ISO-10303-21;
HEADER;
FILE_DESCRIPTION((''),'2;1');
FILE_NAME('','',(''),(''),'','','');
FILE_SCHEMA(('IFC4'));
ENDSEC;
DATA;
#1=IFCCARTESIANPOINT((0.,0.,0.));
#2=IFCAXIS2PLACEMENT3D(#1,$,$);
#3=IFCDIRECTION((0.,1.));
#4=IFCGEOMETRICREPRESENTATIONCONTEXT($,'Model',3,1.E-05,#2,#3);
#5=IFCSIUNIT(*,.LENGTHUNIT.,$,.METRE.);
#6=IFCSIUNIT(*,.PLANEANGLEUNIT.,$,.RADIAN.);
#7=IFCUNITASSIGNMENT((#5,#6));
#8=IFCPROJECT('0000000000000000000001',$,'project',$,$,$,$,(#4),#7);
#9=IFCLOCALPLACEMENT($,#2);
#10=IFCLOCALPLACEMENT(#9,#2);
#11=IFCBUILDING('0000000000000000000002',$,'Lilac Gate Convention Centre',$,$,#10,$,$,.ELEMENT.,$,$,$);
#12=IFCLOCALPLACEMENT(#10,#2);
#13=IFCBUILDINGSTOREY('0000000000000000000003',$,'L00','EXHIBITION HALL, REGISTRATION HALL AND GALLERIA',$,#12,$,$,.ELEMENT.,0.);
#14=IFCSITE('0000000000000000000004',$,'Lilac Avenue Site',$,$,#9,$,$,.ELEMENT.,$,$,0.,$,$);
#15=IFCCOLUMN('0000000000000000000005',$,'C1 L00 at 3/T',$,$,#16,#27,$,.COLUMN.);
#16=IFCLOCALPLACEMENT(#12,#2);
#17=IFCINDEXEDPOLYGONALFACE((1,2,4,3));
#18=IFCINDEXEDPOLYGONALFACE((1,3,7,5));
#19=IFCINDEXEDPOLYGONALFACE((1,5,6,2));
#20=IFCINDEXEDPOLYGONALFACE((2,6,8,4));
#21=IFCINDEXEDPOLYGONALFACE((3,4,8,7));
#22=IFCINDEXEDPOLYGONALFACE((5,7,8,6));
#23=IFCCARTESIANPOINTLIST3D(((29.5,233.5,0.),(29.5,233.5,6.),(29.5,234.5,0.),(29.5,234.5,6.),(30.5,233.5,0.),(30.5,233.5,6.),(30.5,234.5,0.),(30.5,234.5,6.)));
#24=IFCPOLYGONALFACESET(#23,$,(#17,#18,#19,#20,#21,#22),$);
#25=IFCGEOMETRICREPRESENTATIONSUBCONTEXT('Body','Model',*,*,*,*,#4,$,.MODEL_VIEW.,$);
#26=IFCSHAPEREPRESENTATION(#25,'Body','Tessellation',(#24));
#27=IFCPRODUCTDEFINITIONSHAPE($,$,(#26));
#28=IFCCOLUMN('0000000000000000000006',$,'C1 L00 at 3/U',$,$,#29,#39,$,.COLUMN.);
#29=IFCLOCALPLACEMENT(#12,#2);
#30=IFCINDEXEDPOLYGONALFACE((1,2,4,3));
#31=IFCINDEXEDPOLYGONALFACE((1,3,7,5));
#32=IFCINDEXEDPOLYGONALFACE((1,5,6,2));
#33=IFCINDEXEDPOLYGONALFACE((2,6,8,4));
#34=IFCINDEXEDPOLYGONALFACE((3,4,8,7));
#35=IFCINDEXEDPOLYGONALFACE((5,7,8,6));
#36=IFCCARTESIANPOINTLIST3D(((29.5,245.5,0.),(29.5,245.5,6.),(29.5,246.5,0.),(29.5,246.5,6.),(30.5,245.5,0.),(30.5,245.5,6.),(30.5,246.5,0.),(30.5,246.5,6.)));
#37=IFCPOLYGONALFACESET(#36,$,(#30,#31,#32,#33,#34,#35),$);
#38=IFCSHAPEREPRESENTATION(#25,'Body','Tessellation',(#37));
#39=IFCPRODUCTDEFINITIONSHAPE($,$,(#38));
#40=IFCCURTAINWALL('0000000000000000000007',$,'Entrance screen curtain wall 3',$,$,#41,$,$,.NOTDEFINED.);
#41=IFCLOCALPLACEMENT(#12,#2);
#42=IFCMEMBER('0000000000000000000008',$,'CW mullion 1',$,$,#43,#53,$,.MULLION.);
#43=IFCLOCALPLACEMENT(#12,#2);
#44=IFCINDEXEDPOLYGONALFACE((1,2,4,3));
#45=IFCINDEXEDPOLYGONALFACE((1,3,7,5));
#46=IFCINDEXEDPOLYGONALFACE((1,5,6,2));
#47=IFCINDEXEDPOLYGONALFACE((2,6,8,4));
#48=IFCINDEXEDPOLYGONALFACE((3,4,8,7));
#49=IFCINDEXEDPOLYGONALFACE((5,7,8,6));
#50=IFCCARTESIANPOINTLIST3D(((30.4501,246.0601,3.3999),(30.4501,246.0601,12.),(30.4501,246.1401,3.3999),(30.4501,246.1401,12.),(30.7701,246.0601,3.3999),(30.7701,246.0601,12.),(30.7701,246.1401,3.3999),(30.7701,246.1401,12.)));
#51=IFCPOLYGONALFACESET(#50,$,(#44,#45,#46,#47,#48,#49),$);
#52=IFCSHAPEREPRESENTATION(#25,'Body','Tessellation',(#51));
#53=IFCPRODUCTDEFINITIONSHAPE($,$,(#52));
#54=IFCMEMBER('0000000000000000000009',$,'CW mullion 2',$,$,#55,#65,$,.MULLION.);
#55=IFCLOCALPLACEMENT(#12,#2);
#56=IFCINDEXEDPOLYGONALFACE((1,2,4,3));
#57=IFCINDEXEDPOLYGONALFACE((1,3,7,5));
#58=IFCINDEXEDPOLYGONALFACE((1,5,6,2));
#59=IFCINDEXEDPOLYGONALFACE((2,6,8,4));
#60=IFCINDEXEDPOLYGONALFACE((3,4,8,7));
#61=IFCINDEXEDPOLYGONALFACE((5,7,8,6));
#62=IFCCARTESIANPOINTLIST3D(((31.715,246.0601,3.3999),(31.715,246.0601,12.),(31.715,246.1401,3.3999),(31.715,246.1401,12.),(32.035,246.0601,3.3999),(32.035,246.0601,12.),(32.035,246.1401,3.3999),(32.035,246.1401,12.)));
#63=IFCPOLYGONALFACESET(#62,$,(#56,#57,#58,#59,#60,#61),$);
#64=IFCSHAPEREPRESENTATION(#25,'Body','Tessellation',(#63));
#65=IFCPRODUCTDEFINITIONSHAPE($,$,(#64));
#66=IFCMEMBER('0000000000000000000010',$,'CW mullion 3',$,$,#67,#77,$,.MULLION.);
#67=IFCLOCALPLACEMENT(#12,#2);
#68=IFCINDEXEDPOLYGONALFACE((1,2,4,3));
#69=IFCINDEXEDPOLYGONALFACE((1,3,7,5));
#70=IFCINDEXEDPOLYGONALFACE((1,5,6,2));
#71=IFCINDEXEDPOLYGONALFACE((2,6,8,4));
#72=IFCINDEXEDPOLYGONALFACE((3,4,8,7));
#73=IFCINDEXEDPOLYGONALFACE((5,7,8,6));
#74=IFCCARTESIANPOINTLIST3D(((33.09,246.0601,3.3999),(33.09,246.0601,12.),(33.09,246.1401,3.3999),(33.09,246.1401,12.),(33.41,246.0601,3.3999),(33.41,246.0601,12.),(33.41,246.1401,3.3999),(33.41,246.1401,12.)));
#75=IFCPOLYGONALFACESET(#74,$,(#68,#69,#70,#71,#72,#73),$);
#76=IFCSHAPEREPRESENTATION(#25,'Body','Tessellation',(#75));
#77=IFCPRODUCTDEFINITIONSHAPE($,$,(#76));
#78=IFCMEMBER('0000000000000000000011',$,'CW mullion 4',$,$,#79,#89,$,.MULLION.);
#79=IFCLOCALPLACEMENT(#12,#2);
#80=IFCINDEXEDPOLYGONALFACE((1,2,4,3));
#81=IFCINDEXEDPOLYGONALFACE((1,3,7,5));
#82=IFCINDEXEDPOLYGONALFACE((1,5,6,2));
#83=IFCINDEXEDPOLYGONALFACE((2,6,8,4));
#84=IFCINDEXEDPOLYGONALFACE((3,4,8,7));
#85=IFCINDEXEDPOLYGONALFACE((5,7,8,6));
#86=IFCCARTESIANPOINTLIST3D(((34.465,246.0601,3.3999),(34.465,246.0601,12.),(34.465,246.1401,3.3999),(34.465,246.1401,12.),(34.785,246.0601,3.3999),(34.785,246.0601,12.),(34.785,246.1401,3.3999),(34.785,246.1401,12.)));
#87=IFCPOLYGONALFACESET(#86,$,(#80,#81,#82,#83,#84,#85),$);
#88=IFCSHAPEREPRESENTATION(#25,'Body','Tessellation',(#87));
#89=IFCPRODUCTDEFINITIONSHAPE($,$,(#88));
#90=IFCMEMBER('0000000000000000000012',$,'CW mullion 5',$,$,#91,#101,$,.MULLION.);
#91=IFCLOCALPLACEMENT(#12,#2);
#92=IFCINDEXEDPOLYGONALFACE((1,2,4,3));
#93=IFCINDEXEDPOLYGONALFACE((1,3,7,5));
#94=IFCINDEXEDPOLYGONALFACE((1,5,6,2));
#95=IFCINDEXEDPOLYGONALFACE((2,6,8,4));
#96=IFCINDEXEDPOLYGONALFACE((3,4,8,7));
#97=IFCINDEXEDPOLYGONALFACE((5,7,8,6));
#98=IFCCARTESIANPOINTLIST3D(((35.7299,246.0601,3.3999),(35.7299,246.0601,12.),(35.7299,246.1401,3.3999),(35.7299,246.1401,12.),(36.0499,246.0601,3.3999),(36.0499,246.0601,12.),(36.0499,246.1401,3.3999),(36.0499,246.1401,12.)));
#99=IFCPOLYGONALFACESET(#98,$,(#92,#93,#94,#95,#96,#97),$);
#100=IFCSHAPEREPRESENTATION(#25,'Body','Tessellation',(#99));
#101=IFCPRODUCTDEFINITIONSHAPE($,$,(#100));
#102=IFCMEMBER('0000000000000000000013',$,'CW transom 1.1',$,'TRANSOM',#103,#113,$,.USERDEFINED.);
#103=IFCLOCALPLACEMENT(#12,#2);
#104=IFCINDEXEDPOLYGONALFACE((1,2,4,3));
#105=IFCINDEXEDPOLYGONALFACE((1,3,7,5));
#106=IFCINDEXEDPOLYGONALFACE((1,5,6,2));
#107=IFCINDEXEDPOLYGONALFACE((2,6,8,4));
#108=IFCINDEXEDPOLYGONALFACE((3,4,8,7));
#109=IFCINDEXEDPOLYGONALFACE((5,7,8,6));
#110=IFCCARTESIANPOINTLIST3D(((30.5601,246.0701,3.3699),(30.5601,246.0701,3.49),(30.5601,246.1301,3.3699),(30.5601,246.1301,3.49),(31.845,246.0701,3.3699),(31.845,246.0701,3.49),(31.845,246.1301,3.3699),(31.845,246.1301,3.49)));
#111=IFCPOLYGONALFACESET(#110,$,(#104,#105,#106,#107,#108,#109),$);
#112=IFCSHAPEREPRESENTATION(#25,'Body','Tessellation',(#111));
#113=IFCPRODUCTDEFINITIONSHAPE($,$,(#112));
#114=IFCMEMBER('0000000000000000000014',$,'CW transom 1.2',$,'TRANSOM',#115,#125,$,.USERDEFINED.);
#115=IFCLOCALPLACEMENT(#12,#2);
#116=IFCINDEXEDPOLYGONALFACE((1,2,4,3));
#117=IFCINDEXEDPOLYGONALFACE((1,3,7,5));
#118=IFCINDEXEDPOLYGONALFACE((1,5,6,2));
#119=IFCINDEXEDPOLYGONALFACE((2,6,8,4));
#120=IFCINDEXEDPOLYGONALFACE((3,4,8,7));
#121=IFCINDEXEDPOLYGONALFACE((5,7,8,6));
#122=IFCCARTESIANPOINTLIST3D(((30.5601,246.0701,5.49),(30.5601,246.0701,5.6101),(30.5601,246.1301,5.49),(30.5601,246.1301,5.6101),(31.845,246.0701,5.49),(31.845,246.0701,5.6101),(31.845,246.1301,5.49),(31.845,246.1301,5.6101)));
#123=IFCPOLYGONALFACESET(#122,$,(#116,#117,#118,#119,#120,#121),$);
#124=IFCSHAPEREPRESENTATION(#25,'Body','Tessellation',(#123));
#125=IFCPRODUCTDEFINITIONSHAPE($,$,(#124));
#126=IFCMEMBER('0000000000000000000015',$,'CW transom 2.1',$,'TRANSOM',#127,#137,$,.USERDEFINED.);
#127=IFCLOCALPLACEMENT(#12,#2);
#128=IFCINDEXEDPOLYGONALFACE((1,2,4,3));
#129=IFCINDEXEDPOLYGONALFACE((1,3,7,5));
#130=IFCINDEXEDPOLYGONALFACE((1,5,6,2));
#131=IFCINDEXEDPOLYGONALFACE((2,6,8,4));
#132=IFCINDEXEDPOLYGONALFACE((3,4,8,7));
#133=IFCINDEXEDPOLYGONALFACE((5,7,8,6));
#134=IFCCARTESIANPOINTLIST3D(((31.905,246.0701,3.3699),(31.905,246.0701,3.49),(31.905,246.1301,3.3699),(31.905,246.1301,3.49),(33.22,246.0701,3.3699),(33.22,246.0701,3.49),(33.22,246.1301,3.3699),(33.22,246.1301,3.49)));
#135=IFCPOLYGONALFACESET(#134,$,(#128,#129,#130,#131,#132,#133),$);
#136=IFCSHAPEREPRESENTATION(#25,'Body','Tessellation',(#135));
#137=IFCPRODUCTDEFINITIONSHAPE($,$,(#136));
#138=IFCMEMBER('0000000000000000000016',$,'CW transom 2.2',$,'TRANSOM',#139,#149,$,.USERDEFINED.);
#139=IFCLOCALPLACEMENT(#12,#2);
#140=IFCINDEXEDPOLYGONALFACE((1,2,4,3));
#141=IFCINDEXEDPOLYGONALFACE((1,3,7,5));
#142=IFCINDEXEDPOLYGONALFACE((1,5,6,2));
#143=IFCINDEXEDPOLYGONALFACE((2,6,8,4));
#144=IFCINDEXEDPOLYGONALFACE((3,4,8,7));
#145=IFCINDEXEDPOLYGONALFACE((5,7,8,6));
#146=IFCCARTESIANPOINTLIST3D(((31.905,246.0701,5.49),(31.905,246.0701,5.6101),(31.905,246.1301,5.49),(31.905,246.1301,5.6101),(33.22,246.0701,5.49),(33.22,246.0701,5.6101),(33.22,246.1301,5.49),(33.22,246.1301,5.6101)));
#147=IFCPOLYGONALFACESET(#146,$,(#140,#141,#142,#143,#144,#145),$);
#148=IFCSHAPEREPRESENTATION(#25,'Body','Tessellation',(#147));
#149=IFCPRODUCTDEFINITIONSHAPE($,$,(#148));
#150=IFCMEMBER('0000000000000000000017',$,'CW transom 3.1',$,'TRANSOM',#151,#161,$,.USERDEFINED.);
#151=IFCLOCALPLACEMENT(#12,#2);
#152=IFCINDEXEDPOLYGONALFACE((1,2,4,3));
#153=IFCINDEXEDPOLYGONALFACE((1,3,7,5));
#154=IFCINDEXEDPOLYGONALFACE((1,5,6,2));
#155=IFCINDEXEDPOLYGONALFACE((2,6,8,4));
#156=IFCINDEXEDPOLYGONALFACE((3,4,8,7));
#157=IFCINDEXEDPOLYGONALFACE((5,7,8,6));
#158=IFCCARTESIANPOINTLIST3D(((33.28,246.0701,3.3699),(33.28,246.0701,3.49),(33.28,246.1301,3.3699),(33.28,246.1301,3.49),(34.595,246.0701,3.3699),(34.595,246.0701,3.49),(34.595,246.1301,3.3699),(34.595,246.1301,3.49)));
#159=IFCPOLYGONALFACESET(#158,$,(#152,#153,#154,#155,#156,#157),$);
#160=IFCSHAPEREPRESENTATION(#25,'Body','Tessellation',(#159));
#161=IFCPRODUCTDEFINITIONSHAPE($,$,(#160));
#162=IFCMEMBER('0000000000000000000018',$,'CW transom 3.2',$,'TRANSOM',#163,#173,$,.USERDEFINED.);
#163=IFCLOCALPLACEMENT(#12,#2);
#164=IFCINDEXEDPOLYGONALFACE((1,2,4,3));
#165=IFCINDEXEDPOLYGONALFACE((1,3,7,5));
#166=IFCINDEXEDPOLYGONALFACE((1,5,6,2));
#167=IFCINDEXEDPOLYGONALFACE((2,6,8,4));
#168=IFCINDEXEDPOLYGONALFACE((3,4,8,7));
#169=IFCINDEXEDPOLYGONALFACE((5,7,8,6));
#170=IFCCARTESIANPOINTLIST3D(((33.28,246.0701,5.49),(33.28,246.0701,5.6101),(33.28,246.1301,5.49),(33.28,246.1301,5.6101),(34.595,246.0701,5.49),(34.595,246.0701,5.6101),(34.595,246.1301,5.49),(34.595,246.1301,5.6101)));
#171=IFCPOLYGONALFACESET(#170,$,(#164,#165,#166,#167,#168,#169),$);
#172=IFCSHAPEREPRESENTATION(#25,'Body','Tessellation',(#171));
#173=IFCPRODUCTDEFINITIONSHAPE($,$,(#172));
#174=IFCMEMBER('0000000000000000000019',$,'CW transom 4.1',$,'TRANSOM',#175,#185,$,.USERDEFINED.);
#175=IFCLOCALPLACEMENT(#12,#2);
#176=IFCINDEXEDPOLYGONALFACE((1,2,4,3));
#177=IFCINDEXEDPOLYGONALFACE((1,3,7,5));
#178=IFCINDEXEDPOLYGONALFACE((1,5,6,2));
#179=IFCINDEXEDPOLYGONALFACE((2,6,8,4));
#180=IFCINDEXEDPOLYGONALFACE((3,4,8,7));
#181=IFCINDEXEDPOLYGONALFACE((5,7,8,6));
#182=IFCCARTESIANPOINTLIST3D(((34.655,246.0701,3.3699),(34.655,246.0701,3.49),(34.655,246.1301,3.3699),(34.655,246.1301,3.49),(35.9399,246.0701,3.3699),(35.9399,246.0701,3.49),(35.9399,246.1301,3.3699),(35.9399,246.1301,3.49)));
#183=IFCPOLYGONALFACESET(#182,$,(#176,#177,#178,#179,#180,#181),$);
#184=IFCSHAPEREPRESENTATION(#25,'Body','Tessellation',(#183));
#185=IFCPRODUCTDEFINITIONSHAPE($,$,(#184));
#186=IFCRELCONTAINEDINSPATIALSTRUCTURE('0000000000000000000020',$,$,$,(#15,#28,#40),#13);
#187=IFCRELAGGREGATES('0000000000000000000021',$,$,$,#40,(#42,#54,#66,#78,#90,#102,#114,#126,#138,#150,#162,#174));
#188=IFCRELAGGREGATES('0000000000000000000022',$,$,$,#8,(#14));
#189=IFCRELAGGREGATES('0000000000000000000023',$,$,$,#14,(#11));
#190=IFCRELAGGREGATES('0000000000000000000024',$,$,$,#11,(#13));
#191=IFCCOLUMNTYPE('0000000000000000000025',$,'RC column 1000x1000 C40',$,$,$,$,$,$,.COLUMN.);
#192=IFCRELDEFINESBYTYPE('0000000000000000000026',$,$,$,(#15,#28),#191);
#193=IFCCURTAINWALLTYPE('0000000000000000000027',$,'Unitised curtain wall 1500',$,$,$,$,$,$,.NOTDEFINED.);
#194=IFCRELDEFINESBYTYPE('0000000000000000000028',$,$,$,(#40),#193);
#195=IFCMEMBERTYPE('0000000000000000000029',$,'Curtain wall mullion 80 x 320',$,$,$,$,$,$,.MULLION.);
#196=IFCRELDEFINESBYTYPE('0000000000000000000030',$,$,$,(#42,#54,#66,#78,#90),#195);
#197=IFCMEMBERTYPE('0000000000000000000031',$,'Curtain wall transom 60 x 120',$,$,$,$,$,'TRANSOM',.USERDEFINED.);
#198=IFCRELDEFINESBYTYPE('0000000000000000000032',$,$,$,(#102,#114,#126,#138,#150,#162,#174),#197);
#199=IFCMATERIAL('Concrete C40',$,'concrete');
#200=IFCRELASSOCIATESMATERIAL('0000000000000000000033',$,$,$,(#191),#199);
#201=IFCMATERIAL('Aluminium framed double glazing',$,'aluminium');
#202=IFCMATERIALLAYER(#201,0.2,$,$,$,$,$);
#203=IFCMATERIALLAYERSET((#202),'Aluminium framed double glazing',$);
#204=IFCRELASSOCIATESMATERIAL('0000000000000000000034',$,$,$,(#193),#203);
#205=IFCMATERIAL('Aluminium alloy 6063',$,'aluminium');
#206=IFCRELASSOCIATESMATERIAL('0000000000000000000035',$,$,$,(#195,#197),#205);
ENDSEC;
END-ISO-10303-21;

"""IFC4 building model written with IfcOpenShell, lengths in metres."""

from ifc_helpers import new_model, si_unit, direction, frame, origin, origin_2d, place, context, subcontext, project, spatial, rectangle, extrude, material, layer, layer_set, material_profile, profile_set, type_object, element, aggregate, save


model = new_model("IFC4")

# Units and contexts
model_context = context("Model", 3, precision=1e-05, world=origin(), true_north=direction((0.0, 1.0)))
body_context = subcontext(model_context, "Body", "Model", "MODEL_VIEW")
ifc_project = project(units=[si_unit("LENGTHUNIT", "METRE"), si_unit("PLANEANGLEUNIT", "RADIAN")], contexts=[model_context])

# Site, building, storey
site_placement = place(None, origin())
site = spatial("IfcSite", under=ifc_project, at=site_placement, Name="Lilac Avenue Site", CompositionType="ELEMENT", RefElevation=0.0)
building_placement = place(site_placement, origin())
building = spatial("IfcBuilding", under=site, at=building_placement, Name="Lilac Gate Convention Centre", CompositionType="ELEMENT")
storey_placement = place(building_placement, origin())
storey = spatial("IfcBuildingStorey", under=building, at=storey_placement, Name="L00", Description="EXHIBITION HALL, REGISTRATION HALL AND GALLERIA", CompositionType="ELEMENT", Elevation=0.0)

# Columns
ifc_material_1 = material(Name="Concrete C40", Category="concrete")
ifc_material_profile_1 = material_profile(ifc_material_1, rectangle(XDim=1.0, YDim=1.0, at=origin_2d()), Name="RC 1000x1000")
ifc_profile_set_1 = profile_set([ifc_material_profile_1], Name="Concrete C40")
column_type = type_object("IfcColumnType", Name="RC column 1000x1000 C40", PredefinedType="COLUMN", material=ifc_profile_set_1)
for number, where, z_axis, x_axis, name in (
    (1, (30.0, 234.0, 0.0), (0.0, 0.0, 1.0), (1.0, 0.0, 0.0), "C1 L00 at 3/T"),
    (2, (30.0, 246.0, 0.0), (0.0, 0.0, 1.0), (1.0, 0.0, 0.0), "C1 L00 at 3/U"),
):
    element("IfcColumn", number, at=place(storey_placement, frame(where, z_axis=z_axis, x_axis=x_axis)), inside=storey, type_object=column_type, Name=name, PredefinedType="COLUMN", context=body_context, shape_type="SweptSolid", body=[
        extrude(rectangle(XDim=1.0, YDim=1.0, at=origin_2d()), origin(), (0.0, 0.0, 1.0), 6.0),
    ])

# Curtain wall, members
ifc_material_2 = material(Name="Aluminium framed double glazing", Category="aluminium")
ifc_layer_1 = layer(ifc_material_2, 0.2)
ifc_layer_set_1 = layer_set([ifc_layer_1], Name="Aluminium framed double glazing")
curtain_wall_type = type_object("IfcCurtainWallType", Name="Unitised curtain wall 1500", PredefinedType="NOTDEFINED", material=ifc_layer_set_1)
curtain_wall_placement = place(storey_placement, origin())
curtain_wall = element("IfcCurtainWall", 3, at=curtain_wall_placement, inside=storey, type_object=curtain_wall_type, Name="Entrance screen curtain wall 3", PredefinedType="NOTDEFINED")
ifc_material_3 = material(Name="Aluminium alloy 6063", Category="aluminium")
ifc_material_profile_2 = material_profile(ifc_material_3, rectangle(XDim=0.0801, YDim=0.3201, at=origin_2d()), Name="Curtain wall mullion 80 x 320")
ifc_profile_set_2 = profile_set([ifc_material_profile_2], Name="Aluminium alloy 6063")
member_type_1 = type_object("IfcMemberType", Name="Curtain wall mullion 80 x 320", PredefinedType="MULLION", material=ifc_profile_set_2)
member_1_placement = place(storey_placement, frame((30.6101, 246.1001, 3.3999), z_axis=(0.0, 0.0, 1.0), x_axis=(0.0, 1.0, 0.0)))
member_1 = element("IfcMember", 4, at=member_1_placement, type_object=member_type_1, Name="CW mullion 1", PredefinedType="MULLION", context=body_context, shape_type="SweptSolid", body=[
    extrude(rectangle(XDim=0.0801, YDim=0.3201, at=origin_2d()), origin(), (0.0, 0.0, 1.0), 8.6001),
])
member_2_placement = place(storey_placement, frame((31.875, 246.1001, 3.3999), z_axis=(0.0, 0.0, 1.0), x_axis=(0.0, 1.0, 0.0)))
member_2 = element("IfcMember", 5, at=member_2_placement, type_object=member_type_1, Name="CW mullion 2", PredefinedType="MULLION", context=body_context, shape_type="SweptSolid", body=[
    extrude(rectangle(XDim=0.0801, YDim=0.3201, at=origin_2d()), origin(), (0.0, 0.0, 1.0), 8.6001),
])
member_3_placement = place(storey_placement, frame((33.25, 246.1001, 3.3999), z_axis=(0.0, 0.0, 1.0), x_axis=(0.0, 1.0, 0.0)))
member_3 = element("IfcMember", 6, at=member_3_placement, type_object=member_type_1, Name="CW mullion 3", PredefinedType="MULLION", context=body_context, shape_type="SweptSolid", body=[
    extrude(rectangle(XDim=0.0801, YDim=0.3201, at=origin_2d()), origin(), (0.0, 0.0, 1.0), 8.6001),
])
member_4_placement = place(storey_placement, frame((34.625, 246.1001, 3.3999), z_axis=(0.0, 0.0, 1.0), x_axis=(0.0, 1.0, 0.0)))
member_4 = element("IfcMember", 7, at=member_4_placement, type_object=member_type_1, Name="CW mullion 4", PredefinedType="MULLION", context=body_context, shape_type="SweptSolid", body=[
    extrude(rectangle(XDim=0.0801, YDim=0.3201, at=origin_2d()), origin(), (0.0, 0.0, 1.0), 8.6001),
])
member_5_placement = place(storey_placement, frame((35.8899, 246.1001, 3.3999), z_axis=(0.0, 0.0, 1.0), x_axis=(0.0, 1.0, 0.0)))
member_5 = element("IfcMember", 8, at=member_5_placement, type_object=member_type_1, Name="CW mullion 5", PredefinedType="MULLION", context=body_context, shape_type="SweptSolid", body=[
    extrude(rectangle(XDim=0.0801, YDim=0.3201, at=origin_2d()), origin(), (0.0, 0.0, 1.0), 8.6001),
])
ifc_material_profile_3 = material_profile(ifc_material_3, rectangle(XDim=0.0601, YDim=0.1201, at=origin_2d()), Name="Curtain wall transom 60 x 120")
ifc_profile_set_3 = profile_set([ifc_material_profile_3], Name="Aluminium alloy 6063")
member_type_2 = type_object("IfcMemberType", Name="Curtain wall transom 60 x 120", ElementType="TRANSOM", PredefinedType="USERDEFINED", material=ifc_profile_set_3)
member_6_placement = place(storey_placement, frame((30.5601, 246.1001, 3.4299), z_axis=(1.0, 0.0, 0.0), x_axis=(0.0, 1.0, 0.0)))
member_6 = element("IfcMember", 9, at=member_6_placement, type_object=member_type_2, Name="CW transom 1.1", ObjectType="TRANSOM", PredefinedType="USERDEFINED", context=body_context, shape_type="SweptSolid", body=[
    extrude(rectangle(XDim=0.0601, YDim=0.1201, at=origin_2d()), origin(), (0.0, 0.0, 1.0), 1.2849),
])
member_7_placement = place(storey_placement, frame((30.5601, 246.1001, 5.55), z_axis=(1.0, 0.0, 0.0), x_axis=(0.0, 1.0, 0.0)))
member_7 = element("IfcMember", 10, at=member_7_placement, type_object=member_type_2, Name="CW transom 1.2", ObjectType="TRANSOM", PredefinedType="USERDEFINED", context=body_context, shape_type="SweptSolid", body=[
    extrude(rectangle(XDim=0.0601, YDim=0.1201, at=origin_2d()), origin(), (0.0, 0.0, 1.0), 1.2849),
])
member_8_placement = place(storey_placement, frame((31.905, 246.1001, 3.4299), z_axis=(1.0, 0.0, 0.0), x_axis=(0.0, 1.0, 0.0)))
member_8 = element("IfcMember", 11, at=member_8_placement, type_object=member_type_2, Name="CW transom 2.1", ObjectType="TRANSOM", PredefinedType="USERDEFINED", context=body_context, shape_type="SweptSolid", body=[
    extrude(rectangle(XDim=0.0601, YDim=0.1201, at=origin_2d()), origin(), (0.0, 0.0, 1.0), 1.3149),
])
member_9_placement = place(storey_placement, frame((31.905, 246.1001, 5.55), z_axis=(1.0, 0.0, 0.0), x_axis=(0.0, 1.0, 0.0)))
member_9 = element("IfcMember", 12, at=member_9_placement, type_object=member_type_2, Name="CW transom 2.2", ObjectType="TRANSOM", PredefinedType="USERDEFINED", context=body_context, shape_type="SweptSolid", body=[
    extrude(rectangle(XDim=0.0601, YDim=0.1201, at=origin_2d()), origin(), (0.0, 0.0, 1.0), 1.3149),
])
member_10_placement = place(storey_placement, frame((33.28, 246.1001, 3.4299), z_axis=(1.0, 0.0, 0.0), x_axis=(0.0, 1.0, 0.0)))
member_10 = element("IfcMember", 13, at=member_10_placement, type_object=member_type_2, Name="CW transom 3.1", ObjectType="TRANSOM", PredefinedType="USERDEFINED", context=body_context, shape_type="SweptSolid", body=[
    extrude(rectangle(XDim=0.0601, YDim=0.1201, at=origin_2d()), origin(), (0.0, 0.0, 1.0), 1.3149),
])
member_11_placement = place(storey_placement, frame((33.28, 246.1001, 5.55), z_axis=(1.0, 0.0, 0.0), x_axis=(0.0, 1.0, 0.0)))
member_11 = element("IfcMember", 14, at=member_11_placement, type_object=member_type_2, Name="CW transom 3.2", ObjectType="TRANSOM", PredefinedType="USERDEFINED", context=body_context, shape_type="SweptSolid", body=[
    extrude(rectangle(XDim=0.0601, YDim=0.1201, at=origin_2d()), origin(), (0.0, 0.0, 1.0), 1.3149),
])
member_12_placement = place(storey_placement, frame((34.655, 246.1001, 3.4299), z_axis=(1.0, 0.0, 0.0), x_axis=(0.0, 1.0, 0.0)))
member_12 = element("IfcMember", 15, at=member_12_placement, type_object=member_type_2, Name="CW transom 4.1", ObjectType="TRANSOM", PredefinedType="USERDEFINED", context=body_context, shape_type="SweptSolid", body=[
    extrude(rectangle(XDim=0.0601, YDim=0.1201, at=origin_2d()), origin(), (0.0, 0.0, 1.0), 1.2849),
])

aggregate(curtain_wall, [member_1, member_2, member_3, member_4, member_5, member_6, member_7, member_8, member_9, member_10, member_11, member_12])

save(model, "model.ifc")
